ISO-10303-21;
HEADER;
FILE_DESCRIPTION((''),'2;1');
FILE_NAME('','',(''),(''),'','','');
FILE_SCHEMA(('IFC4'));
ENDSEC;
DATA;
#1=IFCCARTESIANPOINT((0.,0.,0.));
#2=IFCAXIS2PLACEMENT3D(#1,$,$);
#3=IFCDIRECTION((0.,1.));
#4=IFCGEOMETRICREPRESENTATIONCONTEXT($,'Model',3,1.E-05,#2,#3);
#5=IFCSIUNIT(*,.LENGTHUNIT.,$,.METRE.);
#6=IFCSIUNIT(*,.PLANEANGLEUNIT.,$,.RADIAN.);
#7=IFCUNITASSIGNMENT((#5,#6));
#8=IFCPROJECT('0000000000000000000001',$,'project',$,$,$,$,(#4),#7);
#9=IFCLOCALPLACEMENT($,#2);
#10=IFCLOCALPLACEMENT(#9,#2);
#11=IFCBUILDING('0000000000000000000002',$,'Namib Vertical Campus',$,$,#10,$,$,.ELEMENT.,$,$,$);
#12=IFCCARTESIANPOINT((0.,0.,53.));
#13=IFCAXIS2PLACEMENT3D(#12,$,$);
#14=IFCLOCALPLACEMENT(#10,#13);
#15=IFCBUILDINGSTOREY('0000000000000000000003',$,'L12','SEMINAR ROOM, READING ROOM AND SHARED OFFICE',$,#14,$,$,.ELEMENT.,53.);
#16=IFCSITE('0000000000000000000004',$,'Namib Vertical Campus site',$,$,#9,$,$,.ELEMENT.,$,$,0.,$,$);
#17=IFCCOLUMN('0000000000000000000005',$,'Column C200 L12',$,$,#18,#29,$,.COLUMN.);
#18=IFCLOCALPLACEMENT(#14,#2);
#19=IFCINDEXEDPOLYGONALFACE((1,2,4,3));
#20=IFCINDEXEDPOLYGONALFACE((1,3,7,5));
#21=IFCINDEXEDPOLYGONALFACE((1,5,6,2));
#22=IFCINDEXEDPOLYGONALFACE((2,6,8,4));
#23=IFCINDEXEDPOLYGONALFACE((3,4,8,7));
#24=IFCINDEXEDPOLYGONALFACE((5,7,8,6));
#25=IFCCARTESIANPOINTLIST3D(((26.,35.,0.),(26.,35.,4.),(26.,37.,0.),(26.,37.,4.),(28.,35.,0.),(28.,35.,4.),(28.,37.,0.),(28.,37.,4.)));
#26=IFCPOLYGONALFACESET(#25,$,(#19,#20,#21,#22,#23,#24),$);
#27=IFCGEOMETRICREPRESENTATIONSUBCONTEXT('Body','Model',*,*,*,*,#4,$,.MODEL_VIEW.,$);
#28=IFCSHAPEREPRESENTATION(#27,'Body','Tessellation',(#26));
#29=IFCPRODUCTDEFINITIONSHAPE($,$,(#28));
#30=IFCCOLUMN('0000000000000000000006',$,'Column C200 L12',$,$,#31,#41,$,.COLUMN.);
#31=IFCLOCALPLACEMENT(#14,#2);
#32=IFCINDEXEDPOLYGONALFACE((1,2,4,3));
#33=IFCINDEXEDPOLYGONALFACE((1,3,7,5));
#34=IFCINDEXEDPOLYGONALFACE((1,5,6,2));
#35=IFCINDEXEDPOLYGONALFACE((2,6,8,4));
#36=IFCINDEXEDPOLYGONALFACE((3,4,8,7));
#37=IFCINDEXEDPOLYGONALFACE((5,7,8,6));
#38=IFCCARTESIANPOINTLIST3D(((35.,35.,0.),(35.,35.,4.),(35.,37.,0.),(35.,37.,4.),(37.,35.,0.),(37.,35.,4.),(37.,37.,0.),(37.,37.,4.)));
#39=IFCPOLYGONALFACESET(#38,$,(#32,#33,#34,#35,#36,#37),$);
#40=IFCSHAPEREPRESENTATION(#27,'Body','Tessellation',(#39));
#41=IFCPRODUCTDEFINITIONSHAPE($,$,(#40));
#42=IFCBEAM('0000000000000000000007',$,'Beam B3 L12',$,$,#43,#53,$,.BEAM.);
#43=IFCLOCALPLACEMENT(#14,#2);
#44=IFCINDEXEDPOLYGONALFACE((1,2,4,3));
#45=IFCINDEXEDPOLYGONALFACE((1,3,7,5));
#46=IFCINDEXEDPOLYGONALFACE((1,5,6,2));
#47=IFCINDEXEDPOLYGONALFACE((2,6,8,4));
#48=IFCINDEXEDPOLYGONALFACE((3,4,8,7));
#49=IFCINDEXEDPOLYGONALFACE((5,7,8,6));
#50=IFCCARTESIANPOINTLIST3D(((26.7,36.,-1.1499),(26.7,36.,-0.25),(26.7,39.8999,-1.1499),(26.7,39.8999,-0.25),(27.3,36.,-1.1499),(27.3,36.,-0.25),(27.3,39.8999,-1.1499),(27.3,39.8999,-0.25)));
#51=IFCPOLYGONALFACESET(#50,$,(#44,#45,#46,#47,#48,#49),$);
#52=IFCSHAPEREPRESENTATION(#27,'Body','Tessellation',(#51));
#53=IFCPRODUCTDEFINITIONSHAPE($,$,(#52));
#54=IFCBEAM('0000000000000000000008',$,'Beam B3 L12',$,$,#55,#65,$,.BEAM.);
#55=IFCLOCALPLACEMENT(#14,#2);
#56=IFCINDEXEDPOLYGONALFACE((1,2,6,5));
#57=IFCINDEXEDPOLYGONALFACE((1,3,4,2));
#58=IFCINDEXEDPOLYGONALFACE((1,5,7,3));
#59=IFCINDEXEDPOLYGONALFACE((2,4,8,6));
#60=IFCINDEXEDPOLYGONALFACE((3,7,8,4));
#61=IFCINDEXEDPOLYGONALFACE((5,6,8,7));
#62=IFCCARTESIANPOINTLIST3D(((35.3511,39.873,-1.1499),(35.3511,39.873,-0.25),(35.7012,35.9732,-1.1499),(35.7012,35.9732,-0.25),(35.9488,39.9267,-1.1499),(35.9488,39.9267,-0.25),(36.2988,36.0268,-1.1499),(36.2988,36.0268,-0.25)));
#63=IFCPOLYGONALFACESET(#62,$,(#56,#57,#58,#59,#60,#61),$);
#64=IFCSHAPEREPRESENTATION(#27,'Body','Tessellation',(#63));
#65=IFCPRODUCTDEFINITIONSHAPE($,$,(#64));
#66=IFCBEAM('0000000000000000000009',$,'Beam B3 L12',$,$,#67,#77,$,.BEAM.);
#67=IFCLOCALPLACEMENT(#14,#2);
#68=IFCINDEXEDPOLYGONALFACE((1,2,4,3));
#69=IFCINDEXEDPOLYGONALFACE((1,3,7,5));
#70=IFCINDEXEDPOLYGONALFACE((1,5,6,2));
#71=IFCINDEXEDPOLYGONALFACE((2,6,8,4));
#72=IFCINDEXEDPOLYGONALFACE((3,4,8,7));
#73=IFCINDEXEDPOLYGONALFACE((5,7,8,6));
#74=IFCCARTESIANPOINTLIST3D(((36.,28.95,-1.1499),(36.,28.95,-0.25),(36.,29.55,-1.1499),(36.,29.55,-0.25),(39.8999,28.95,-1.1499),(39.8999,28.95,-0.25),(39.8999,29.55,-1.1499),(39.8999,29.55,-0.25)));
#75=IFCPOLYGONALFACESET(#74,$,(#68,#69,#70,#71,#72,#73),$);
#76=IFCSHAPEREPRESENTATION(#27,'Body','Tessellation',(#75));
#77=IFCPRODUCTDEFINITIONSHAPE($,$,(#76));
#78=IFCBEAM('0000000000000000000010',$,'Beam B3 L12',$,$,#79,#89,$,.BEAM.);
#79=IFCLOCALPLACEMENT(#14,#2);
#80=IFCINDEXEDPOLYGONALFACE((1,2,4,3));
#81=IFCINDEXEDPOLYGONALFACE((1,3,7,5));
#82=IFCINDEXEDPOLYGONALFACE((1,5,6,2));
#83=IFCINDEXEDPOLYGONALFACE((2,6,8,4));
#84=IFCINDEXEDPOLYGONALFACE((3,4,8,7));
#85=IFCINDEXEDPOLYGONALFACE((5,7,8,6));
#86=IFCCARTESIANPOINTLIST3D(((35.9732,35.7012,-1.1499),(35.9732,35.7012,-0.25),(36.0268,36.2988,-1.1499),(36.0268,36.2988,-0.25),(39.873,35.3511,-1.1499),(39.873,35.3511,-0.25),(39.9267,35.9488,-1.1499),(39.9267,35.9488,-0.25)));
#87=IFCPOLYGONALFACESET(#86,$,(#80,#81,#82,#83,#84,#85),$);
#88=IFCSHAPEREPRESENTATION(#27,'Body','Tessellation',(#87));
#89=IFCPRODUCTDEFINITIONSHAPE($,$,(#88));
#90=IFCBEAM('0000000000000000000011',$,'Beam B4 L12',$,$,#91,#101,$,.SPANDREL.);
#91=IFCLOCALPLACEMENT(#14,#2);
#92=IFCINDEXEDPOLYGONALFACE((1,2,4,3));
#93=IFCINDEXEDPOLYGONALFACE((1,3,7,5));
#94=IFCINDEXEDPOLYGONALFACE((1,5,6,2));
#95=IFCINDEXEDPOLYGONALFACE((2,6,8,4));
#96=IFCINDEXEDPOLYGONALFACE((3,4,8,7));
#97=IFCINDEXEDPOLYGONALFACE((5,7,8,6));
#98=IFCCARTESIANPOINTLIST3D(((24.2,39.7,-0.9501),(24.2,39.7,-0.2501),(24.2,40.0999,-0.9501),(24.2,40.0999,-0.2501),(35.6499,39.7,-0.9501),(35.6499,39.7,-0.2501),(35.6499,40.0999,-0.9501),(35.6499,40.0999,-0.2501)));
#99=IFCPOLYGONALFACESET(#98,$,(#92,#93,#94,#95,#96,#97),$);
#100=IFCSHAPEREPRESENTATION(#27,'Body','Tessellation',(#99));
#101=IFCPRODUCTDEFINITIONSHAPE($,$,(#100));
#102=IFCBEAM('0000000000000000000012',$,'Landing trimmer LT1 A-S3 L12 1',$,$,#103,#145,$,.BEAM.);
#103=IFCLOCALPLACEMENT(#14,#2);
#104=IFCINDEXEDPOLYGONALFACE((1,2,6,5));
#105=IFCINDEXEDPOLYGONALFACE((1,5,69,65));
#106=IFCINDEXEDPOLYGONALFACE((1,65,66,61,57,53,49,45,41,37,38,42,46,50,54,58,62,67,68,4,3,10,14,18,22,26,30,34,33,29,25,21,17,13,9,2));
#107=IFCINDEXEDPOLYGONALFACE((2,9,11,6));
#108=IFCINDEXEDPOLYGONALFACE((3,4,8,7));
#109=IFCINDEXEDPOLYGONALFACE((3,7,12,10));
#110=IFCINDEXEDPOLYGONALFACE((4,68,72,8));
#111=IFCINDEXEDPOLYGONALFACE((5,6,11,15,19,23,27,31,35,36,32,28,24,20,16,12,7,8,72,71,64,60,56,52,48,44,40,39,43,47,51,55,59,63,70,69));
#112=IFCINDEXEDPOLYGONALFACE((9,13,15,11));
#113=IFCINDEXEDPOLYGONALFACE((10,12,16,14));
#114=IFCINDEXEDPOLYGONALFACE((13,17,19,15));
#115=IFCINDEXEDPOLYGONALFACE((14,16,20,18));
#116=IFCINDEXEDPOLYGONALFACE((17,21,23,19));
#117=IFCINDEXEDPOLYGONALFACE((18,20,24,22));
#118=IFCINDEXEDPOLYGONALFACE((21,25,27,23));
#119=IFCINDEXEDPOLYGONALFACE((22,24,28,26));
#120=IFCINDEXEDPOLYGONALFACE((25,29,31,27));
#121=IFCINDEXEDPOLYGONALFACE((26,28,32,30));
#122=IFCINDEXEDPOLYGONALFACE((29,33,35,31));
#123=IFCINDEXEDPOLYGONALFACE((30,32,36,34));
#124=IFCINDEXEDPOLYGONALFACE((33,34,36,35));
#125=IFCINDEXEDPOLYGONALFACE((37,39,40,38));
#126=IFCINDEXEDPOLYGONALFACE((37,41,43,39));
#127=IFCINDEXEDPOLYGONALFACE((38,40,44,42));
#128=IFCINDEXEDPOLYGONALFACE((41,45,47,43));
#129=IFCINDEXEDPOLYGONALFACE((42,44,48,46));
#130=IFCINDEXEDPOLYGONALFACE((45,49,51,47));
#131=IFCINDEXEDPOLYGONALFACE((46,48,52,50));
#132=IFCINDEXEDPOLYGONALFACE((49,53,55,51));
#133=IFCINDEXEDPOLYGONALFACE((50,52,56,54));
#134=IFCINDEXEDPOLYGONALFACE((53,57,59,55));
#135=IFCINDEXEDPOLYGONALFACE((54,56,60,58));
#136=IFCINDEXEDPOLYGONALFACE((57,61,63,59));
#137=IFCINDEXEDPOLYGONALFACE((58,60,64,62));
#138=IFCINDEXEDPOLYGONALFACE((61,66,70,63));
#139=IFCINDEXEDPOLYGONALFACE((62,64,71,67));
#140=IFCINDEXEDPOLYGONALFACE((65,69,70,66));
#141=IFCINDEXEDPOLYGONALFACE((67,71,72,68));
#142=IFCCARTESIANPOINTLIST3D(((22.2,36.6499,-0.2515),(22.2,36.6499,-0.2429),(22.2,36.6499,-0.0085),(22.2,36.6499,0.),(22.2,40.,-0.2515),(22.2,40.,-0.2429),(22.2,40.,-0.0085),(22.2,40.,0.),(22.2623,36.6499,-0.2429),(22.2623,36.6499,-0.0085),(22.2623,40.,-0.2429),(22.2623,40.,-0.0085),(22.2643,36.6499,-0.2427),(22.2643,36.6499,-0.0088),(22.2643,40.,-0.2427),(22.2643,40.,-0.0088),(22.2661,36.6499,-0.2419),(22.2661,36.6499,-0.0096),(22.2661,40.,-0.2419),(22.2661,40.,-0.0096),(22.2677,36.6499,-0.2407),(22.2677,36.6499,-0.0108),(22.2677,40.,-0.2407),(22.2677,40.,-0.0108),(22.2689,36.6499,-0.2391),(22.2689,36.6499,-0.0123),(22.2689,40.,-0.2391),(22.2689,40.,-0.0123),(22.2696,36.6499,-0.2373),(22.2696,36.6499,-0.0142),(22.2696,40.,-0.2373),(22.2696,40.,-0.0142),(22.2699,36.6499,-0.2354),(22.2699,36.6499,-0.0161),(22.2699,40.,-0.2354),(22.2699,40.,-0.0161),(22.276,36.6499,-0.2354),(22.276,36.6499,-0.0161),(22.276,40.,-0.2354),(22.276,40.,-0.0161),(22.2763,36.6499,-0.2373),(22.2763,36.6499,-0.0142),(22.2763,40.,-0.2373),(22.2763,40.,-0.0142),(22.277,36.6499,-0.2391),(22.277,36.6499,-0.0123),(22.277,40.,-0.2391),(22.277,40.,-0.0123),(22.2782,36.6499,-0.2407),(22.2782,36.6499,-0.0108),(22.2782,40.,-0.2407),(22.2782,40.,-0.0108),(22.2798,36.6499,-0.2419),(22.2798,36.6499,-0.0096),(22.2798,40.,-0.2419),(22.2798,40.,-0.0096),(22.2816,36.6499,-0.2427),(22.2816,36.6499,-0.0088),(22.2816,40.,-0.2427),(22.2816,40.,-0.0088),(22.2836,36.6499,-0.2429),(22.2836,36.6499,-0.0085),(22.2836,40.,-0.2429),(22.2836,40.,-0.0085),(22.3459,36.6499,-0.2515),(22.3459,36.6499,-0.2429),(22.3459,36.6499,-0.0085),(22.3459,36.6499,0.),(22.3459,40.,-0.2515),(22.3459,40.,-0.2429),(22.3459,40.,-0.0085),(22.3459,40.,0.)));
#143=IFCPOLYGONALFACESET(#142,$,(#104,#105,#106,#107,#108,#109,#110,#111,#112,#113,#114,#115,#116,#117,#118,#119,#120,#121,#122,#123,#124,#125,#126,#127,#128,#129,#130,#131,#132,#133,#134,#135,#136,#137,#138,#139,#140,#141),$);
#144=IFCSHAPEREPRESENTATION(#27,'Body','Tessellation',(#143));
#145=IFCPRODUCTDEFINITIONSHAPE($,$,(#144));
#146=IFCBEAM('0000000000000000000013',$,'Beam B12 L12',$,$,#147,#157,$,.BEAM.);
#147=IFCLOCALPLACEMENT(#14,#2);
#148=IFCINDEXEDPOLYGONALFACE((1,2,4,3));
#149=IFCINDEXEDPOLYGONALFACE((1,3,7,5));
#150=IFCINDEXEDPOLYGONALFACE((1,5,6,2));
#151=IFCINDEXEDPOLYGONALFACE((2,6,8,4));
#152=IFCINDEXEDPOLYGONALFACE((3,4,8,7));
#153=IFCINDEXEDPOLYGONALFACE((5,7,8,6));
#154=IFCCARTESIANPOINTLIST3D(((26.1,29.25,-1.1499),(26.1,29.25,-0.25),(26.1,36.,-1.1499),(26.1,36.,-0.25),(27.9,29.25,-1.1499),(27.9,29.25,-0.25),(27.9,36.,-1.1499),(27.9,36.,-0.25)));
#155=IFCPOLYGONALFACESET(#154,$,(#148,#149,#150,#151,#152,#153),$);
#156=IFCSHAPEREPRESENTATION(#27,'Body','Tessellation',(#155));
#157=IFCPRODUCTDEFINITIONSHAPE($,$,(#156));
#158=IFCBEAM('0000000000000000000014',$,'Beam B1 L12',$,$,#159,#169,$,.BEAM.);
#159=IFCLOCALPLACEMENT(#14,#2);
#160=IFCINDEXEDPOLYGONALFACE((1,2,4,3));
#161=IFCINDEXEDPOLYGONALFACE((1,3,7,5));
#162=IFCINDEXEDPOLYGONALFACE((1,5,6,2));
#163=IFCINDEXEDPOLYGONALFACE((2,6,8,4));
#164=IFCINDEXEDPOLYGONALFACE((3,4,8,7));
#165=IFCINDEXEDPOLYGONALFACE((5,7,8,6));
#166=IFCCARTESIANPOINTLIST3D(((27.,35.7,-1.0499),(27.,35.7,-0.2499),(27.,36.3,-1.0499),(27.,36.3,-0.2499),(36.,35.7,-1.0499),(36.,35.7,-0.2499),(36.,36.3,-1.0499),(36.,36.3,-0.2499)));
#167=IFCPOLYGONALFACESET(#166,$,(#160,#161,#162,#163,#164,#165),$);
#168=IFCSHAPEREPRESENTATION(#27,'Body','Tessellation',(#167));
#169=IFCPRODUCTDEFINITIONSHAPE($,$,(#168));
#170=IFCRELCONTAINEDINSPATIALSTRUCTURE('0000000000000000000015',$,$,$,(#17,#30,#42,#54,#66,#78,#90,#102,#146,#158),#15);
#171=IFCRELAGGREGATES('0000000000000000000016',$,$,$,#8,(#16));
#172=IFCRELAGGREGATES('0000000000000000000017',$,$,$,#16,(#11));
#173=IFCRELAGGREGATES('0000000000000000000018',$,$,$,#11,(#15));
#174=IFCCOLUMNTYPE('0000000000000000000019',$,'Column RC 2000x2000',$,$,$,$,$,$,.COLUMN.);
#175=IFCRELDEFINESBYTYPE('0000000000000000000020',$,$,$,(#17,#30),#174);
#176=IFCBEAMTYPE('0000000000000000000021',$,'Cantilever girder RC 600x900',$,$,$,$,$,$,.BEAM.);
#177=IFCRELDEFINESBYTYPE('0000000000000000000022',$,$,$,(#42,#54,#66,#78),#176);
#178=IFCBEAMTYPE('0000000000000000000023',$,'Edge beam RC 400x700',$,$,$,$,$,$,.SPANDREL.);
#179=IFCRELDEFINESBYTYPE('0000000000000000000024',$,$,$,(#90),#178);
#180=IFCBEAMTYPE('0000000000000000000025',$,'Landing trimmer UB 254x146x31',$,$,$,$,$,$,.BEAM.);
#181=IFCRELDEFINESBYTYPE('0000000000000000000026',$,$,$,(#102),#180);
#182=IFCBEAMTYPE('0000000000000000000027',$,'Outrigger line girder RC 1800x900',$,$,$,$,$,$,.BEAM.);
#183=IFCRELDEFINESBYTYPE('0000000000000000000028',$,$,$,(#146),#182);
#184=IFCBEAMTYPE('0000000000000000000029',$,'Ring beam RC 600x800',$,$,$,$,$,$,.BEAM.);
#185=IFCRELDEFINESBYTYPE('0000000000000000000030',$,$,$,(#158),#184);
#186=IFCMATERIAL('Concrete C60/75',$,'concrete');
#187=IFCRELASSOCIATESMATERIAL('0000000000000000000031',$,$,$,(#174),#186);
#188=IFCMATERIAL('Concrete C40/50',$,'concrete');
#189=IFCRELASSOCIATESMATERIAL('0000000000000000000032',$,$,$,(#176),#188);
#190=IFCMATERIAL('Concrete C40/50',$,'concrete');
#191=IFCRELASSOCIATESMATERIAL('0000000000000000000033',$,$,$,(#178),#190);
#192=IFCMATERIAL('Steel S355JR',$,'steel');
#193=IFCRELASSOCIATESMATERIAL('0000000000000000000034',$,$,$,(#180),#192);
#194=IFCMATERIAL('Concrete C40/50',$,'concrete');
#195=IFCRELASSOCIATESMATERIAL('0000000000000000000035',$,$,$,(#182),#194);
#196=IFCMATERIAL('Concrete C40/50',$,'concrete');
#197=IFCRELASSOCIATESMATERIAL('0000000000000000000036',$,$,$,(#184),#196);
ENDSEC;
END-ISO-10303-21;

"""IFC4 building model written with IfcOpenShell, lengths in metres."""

from ifc_helpers import new_model, si_unit, direction, frame, origin, origin_2d, place, context, subcontext, project, spatial, rectangle, i_section, extrude, material, material_profile, profile_set, type_object, element, save


model = new_model("IFC4")

# Units and contexts
model_context = context("Model", 3, precision=1e-05, world=origin(), true_north=direction((0.0, 1.0)))
body_context = subcontext(model_context, "Body", "Model", "MODEL_VIEW")
ifc_project = project(units=[si_unit("LENGTHUNIT", "METRE"), si_unit("PLANEANGLEUNIT", "RADIAN")], contexts=[model_context])

# Site, building, storey
site_placement = place(None, origin())
site = spatial("IfcSite", under=ifc_project, at=site_placement, Name="Namib Vertical Campus site", CompositionType="ELEMENT", RefElevation=0.0)
building_placement = place(site_placement, origin())
building = spatial("IfcBuilding", under=site, at=building_placement, Name="Namib Vertical Campus", CompositionType="ELEMENT")
storey_placement = place(building_placement, frame((0.0, 0.0, 53.0)))
storey = spatial("IfcBuildingStorey", under=building, at=storey_placement, Name="L12", Description="SEMINAR ROOM, READING ROOM AND SHARED OFFICE", CompositionType="ELEMENT", Elevation=53.0)

# Columns
ifc_material_1 = material(Name="Concrete C60/75", Category="concrete")
ifc_material_profile_1 = material_profile(ifc_material_1, rectangle(XDim=2.0, YDim=2.0, at=origin_2d()))
ifc_profile_set_1 = profile_set([ifc_material_profile_1], Name="Concrete C60/75")
column_type = type_object("IfcColumnType", Name="Column RC 2000x2000", PredefinedType="COLUMN", material=ifc_profile_set_1)
for number, where, z_axis, x_axis, name in (
    (1, (27.0, 36.0, 0.0), (0.0, 0.0, 1.0), (1.0, 0.0, 0.0), "Column C200 L12"),
    (2, (36.0, 36.0, 0.0), (0.0, 0.0, 1.0), (1.0, 0.0, 0.0), "Column C200 L12"),
):
    element("IfcColumn", number, at=place(storey_placement, frame(where, z_axis=z_axis, x_axis=x_axis)), inside=storey, type_object=column_type, Name=name, PredefinedType="COLUMN", context=body_context, shape_type="SweptSolid", body=[
        extrude(rectangle(XDim=2.0, YDim=2.0, at=origin_2d()), origin(), (0.0, 0.0, 1.0), 4.0),
    ])

# Beams
ifc_material_2 = material(Name="Concrete C40/50", Category="concrete")
ifc_material_profile_2 = material_profile(ifc_material_2, rectangle(XDim=0.6001, YDim=0.8999, at=origin_2d()))
ifc_profile_set_2 = profile_set([ifc_material_profile_2], Name="Concrete C40/50")
beam_type_1 = type_object("IfcBeamType", Name="Cantilever girder RC 600x900", PredefinedType="BEAM", material=ifc_profile_set_2)
beam_1_placement = place(storey_placement, frame((27.0, 36.0, -0.7), z_axis=(0.0, 1.0, 0.0), x_axis=(-1.0, 0.0, 0.0)))
element("IfcBeam", 3, at=beam_1_placement, inside=storey, type_object=beam_type_1, Name="Beam B3 L12", PredefinedType="BEAM", context=body_context, shape_type="SweptSolid", body=[
    extrude(rectangle(XDim=0.6001, YDim=0.8999, at=origin_2d()), origin(), (0.0, 0.0, 1.0), 3.8999),
])
beam_2_placement = place(storey_placement, frame((36.0, 36.0, -0.7), z_axis=(-0.089411, 0.995995, 0.0), x_axis=(-0.995995, -0.089411, 0.0)))
element("IfcBeam", 4, at=beam_2_placement, inside=storey, type_object=beam_type_1, Name="Beam B3 L12", PredefinedType="BEAM", context=body_context, shape_type="SweptSolid", body=[
    extrude(rectangle(XDim=0.6001, YDim=0.8999, at=origin_2d()), origin(), (0.0, 0.0, 1.0), 3.9155),
])
beam_3_placement = place(storey_placement, frame((36.0, 29.25, -0.7), z_axis=(1.0, 0.0, 0.0), x_axis=(0.0, 1.0, 0.0)))
element("IfcBeam", 5, at=beam_3_placement, inside=storey, type_object=beam_type_1, Name="Beam B3 L12", PredefinedType="BEAM", context=body_context, shape_type="SweptSolid", body=[
    extrude(rectangle(XDim=0.6001, YDim=0.8999, at=origin_2d()), origin(), (0.0, 0.0, 1.0), 3.8999),
])
beam_4_placement = place(storey_placement, frame((36.0, 36.0, -0.7), z_axis=(0.995995, -0.089411, 0.0), x_axis=(0.089411, 0.995995, 0.0)))
element("IfcBeam", 6, at=beam_4_placement, inside=storey, type_object=beam_type_1, Name="Beam B3 L12", PredefinedType="BEAM", context=body_context, shape_type="SweptSolid", body=[
    extrude(rectangle(XDim=0.6001, YDim=0.8999, at=origin_2d()), origin(), (0.0, 0.0, 1.0), 3.9155),
])
ifc_material_3 = material(Name="Concrete C40/50", Category="concrete")
ifc_material_profile_3 = material_profile(ifc_material_3, rectangle(XDim=0.3999, YDim=0.7, at=origin_2d()))
ifc_profile_set_3 = profile_set([ifc_material_profile_3], Name="Concrete C40/50")
beam_type_2 = type_object("IfcBeamType", Name="Edge beam RC 400x700", PredefinedType="SPANDREL", material=ifc_profile_set_3)
beam_5_placement = place(storey_placement, frame((24.2, 39.8999, -0.6001), z_axis=(1.0, 0.0, 0.0), x_axis=(0.0, 1.0, 0.0)))
element("IfcBeam", 7, at=beam_5_placement, inside=storey, type_object=beam_type_2, Name="Beam B4 L12", PredefinedType="SPANDREL", context=body_context, shape_type="SweptSolid", body=[
    extrude(rectangle(XDim=0.3999, YDim=0.7, at=origin_2d()), origin(), (0.0, 0.0, 1.0), 11.45),
])
ifc_material_4 = material(Name="Steel S355JR", Category="steel")
ifc_material_profile_4 = material_profile(ifc_material_4, i_section(OverallWidth=0.146, OverallDepth=0.2515, WebThickness=0.0061, FlangeThickness=0.0085, FilletRadius=0.0076, at=origin_2d()))
ifc_profile_set_4 = profile_set([ifc_material_profile_4], Name="Steel S355JR")
beam_type_3 = type_object("IfcBeamType", Name="Landing trimmer UB 254x146x31", PredefinedType="BEAM", material=ifc_profile_set_4)
beam_6_placement = place(storey_placement, frame((22.2729, 36.6499, -0.1257), z_axis=(0.0, 1.0, 0.0), x_axis=(-1.0, 0.0, 0.0)))
element("IfcBeam", 8, at=beam_6_placement, inside=storey, type_object=beam_type_3, Name="Landing trimmer LT1 A-S3 L12 1", PredefinedType="BEAM", context=body_context, shape_type="SweptSolid", body=[
    extrude(i_section(OverallWidth=0.146, OverallDepth=0.2515, WebThickness=0.0061, FlangeThickness=0.0085, FilletRadius=0.0076, at=origin_2d()), origin(), (0.0, 0.0, 1.0), 3.3501),
])
ifc_material_5 = material(Name="Concrete C40/50", Category="concrete")
ifc_material_profile_5 = material_profile(ifc_material_5, rectangle(XDim=1.8, YDim=0.8999, at=origin_2d()))
ifc_profile_set_5 = profile_set([ifc_material_profile_5], Name="Concrete C40/50")
beam_type_4 = type_object("IfcBeamType", Name="Outrigger line girder RC 1800x900", PredefinedType="BEAM", material=ifc_profile_set_5)
beam_7_placement = place(storey_placement, frame((27.0, 36.0, -0.7), z_axis=(0.0, -1.0, 0.0), x_axis=(1.0, 0.0, 0.0)))
element("IfcBeam", 9, at=beam_7_placement, inside=storey, type_object=beam_type_4, Name="Beam B12 L12", PredefinedType="BEAM", context=body_context, shape_type="SweptSolid", body=[
    extrude(rectangle(XDim=1.8, YDim=0.8999, at=origin_2d()), origin(), (0.0, 0.0, 1.0), 6.75),
])
ifc_material_6 = material(Name="Concrete C40/50", Category="concrete")
ifc_material_profile_6 = material_profile(ifc_material_6, rectangle(XDim=0.6001, YDim=0.8, at=origin_2d()))
ifc_profile_set_6 = profile_set([ifc_material_profile_6], Name="Concrete C40/50")
beam_type_5 = type_object("IfcBeamType", Name="Ring beam RC 600x800", PredefinedType="BEAM", material=ifc_profile_set_6)
beam_8_placement = place(storey_placement, frame((27.0, 36.0, -0.6499), z_axis=(1.0, 0.0, 0.0), x_axis=(0.0, 1.0, 0.0)))
element("IfcBeam", 10, at=beam_8_placement, inside=storey, type_object=beam_type_5, Name="Beam B1 L12", PredefinedType="BEAM", context=body_context, shape_type="SweptSolid", body=[
    extrude(rectangle(XDim=0.6001, YDim=0.8, at=origin_2d()), origin(), (0.0, 0.0, 1.0), 9.0),
])

save(model, "model.ifc")
